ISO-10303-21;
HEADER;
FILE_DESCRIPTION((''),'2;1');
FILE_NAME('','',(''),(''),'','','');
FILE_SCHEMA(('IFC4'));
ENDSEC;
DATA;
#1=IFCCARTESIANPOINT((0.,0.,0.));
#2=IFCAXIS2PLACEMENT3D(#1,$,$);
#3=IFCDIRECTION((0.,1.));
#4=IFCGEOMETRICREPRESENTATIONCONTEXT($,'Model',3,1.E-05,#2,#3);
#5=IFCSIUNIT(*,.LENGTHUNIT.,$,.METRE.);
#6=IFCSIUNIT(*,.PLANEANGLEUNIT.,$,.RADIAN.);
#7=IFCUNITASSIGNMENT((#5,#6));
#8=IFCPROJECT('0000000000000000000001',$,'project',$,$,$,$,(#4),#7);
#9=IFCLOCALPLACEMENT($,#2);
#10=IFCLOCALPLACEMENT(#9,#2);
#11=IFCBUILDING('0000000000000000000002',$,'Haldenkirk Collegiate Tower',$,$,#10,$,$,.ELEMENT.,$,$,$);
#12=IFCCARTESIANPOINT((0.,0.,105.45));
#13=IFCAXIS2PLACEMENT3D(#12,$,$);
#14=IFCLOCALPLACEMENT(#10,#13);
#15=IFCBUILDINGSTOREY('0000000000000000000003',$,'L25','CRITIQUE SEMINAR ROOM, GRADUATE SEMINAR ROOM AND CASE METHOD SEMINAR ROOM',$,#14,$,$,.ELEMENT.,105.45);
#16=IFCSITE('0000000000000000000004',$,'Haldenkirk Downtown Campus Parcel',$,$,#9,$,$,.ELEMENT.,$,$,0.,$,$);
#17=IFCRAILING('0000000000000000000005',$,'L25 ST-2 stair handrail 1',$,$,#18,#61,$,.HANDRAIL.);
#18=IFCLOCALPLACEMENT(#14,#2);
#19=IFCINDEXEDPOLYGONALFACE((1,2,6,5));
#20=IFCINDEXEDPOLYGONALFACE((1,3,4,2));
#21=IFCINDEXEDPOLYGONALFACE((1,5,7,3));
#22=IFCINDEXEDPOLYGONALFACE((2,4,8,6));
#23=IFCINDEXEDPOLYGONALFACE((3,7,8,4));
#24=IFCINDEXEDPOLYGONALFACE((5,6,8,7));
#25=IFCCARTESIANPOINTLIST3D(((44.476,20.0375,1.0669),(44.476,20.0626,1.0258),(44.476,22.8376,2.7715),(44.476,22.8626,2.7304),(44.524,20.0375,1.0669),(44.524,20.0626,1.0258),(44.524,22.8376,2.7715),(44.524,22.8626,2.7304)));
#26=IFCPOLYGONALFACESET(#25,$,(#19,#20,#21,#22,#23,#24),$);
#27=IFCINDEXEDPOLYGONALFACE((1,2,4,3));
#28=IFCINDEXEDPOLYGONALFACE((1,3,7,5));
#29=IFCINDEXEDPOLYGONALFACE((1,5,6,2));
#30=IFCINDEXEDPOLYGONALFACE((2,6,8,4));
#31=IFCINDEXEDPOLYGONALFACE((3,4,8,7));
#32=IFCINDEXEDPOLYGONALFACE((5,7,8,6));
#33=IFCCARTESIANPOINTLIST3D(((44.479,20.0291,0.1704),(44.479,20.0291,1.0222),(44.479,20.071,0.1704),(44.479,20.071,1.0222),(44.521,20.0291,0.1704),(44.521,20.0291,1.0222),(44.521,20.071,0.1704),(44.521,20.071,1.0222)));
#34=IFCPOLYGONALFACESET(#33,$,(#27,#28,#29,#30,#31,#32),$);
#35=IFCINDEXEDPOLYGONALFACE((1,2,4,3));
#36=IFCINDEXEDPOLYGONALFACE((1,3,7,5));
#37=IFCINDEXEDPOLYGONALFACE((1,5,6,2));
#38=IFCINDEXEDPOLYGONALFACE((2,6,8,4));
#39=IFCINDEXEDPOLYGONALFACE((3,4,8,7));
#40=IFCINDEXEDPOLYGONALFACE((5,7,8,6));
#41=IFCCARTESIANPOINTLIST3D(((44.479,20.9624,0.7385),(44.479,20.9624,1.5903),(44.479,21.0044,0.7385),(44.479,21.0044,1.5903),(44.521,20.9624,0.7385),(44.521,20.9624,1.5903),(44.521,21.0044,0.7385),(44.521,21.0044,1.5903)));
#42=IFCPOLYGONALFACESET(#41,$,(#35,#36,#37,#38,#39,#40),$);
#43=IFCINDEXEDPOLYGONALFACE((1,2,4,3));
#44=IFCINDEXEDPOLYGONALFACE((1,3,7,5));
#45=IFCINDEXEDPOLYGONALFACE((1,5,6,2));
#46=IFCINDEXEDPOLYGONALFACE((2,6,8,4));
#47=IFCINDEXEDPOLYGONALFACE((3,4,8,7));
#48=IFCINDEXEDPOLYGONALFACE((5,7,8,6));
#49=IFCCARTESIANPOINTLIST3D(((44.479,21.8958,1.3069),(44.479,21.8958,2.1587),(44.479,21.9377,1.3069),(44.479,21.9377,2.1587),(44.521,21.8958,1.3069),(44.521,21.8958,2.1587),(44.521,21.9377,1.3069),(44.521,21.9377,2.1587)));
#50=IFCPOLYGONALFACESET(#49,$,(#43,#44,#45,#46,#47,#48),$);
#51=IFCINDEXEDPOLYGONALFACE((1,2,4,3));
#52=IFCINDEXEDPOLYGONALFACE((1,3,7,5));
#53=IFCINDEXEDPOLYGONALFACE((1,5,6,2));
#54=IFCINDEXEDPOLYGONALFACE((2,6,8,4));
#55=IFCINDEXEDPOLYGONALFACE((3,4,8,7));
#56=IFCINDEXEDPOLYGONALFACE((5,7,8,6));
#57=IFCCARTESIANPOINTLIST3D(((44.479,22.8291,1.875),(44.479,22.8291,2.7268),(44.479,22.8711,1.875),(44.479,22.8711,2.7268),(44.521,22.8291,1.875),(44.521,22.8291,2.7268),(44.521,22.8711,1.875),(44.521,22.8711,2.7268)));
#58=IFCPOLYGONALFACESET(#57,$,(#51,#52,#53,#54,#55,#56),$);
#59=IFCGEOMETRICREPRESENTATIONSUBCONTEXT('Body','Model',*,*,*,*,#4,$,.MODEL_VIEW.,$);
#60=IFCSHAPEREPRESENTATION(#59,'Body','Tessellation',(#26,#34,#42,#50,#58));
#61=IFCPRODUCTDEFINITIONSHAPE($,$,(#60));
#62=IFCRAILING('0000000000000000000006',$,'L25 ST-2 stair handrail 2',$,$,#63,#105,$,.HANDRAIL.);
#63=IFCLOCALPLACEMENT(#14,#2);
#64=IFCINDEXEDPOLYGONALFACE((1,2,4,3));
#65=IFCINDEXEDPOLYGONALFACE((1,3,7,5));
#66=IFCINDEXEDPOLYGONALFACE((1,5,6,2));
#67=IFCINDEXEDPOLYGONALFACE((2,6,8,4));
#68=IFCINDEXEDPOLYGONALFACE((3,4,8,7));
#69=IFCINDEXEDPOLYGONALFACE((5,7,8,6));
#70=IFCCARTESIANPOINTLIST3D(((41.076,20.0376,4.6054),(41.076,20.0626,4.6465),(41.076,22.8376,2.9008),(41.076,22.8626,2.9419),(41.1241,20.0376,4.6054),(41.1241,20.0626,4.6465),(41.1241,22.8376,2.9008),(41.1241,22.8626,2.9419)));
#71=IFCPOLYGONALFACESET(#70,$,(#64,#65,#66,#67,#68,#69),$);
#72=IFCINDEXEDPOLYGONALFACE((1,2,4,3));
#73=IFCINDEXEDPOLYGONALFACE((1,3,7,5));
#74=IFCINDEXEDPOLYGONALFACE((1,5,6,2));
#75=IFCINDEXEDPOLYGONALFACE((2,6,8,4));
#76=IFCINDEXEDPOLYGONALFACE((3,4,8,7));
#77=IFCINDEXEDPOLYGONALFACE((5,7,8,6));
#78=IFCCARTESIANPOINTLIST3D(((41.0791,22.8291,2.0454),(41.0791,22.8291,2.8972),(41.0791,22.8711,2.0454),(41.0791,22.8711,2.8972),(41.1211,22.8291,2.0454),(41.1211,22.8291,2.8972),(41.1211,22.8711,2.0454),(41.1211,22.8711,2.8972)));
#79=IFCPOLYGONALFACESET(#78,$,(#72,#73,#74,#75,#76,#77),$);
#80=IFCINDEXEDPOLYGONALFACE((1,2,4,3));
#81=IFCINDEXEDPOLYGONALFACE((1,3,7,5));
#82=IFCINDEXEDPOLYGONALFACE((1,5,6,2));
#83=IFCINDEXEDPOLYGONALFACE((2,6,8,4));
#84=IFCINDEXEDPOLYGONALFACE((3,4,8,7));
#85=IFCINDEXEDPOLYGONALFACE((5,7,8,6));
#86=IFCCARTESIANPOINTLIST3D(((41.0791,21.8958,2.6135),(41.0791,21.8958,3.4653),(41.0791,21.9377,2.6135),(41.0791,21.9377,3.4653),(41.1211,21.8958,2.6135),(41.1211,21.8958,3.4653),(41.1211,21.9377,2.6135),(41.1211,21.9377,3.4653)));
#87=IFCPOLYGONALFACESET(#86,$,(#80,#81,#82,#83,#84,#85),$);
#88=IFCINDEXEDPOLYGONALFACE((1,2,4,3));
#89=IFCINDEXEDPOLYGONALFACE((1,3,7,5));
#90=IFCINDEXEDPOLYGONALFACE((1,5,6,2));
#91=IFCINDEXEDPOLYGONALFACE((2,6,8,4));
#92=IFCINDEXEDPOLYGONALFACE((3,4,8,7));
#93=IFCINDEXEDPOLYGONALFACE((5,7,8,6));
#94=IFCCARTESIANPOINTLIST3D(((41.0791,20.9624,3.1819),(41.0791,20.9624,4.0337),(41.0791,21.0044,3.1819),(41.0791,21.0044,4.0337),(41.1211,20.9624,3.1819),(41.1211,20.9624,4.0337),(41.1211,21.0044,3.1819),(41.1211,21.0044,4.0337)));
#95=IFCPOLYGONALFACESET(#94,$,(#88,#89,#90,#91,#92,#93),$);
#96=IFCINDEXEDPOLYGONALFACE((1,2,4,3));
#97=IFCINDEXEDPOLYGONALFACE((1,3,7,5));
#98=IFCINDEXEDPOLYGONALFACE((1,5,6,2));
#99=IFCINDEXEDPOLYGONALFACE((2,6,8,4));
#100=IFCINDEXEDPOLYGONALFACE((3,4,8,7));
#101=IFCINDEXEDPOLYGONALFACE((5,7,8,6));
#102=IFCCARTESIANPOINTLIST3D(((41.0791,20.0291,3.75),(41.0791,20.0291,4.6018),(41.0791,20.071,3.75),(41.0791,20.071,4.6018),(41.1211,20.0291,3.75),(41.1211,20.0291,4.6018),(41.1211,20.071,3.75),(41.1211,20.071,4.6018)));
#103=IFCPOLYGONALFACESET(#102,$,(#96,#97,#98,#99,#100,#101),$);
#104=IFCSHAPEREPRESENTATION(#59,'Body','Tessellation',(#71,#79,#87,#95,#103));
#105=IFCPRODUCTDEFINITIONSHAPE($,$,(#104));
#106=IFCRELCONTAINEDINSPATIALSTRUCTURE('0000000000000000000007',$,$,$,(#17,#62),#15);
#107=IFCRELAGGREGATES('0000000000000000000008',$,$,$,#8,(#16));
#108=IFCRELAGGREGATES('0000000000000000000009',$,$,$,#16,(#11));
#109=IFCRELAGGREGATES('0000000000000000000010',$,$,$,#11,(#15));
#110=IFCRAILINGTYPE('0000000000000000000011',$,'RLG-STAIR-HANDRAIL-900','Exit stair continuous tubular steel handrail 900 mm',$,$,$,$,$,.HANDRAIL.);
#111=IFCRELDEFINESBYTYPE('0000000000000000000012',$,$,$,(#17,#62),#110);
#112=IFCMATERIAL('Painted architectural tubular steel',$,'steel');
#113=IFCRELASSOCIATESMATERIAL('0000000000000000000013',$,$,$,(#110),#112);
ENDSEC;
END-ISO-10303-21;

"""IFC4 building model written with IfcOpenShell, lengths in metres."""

from ifc_helpers import new_model, si_unit, direction, frame, origin, origin_2d, place, context, subcontext, project, spatial, rectangle, extrude, material, type_object, element, save


model = new_model("IFC4")

# Units and contexts
model_context = context("Model", 3, precision=1e-05, world=origin(), true_north=direction((0.0, 1.0)))
body_context = subcontext(model_context, "Body", "Model", "MODEL_VIEW")
ifc_project = project(units=[si_unit("LENGTHUNIT", "METRE"), si_unit("PLANEANGLEUNIT", "RADIAN")], contexts=[model_context])

# Site, building, storey
site_placement = place(None, origin())
site = spatial("IfcSite", under=ifc_project, at=site_placement, Name="Haldenkirk Downtown Campus Parcel", CompositionType="ELEMENT", RefElevation=0.0)
building_placement = place(site_placement, origin())
building = spatial("IfcBuilding", under=site, at=building_placement, Name="Haldenkirk Collegiate Tower", CompositionType="ELEMENT")
storey_placement = place(building_placement, frame((0.0, 0.0, 105.45)))
storey = spatial("IfcBuildingStorey", under=building, at=storey_placement, Name="L25", Description="CRITIQUE SEMINAR ROOM, GRADUATE SEMINAR ROOM AND CASE METHOD SEMINAR ROOM", CompositionType="ELEMENT", Elevation=105.45)

# Railings
ifc_material_1 = material(Name="Painted architectural tubular steel", Category="steel")
railing_type_1 = type_object("IfcRailingType", Name="RLG-STAIR-HANDRAIL-900", Description="Exit stair continuous tubular steel handrail 900 mm", PredefinedType="HANDRAIL", material=ifc_material_1)
railing_1_placement = place(storey_placement, frame((44.5, 20.05, 0.1704)))
element("IfcRailing", 1, at=railing_1_placement, inside=storey, type_object=railing_type_1, Name="L25 ST-2 stair handrail 1", PredefinedType="HANDRAIL", context=body_context, shape_type="SweptSolid", body=[
    extrude(rectangle(XDim=0.0481, YDim=0.0481, at=origin_2d()), frame((0.0, 0.0, 0.876), z_axis=(0.0, 0.85417, 0.519994), x_axis=(-1.0, 0.0, 0.0)), (0.0, 0.0, 1.0), 3.2781),
    extrude(rectangle(XDim=0.042, YDim=0.042, at=origin_2d()), origin(), (0.0, 0.0, 1.0), 0.8518),
    extrude(rectangle(XDim=0.042, YDim=0.042, at=origin_2d()), frame((0.0, 0.9333, 0.5681)), (0.0, 0.0, 1.0), 0.8518),
    extrude(rectangle(XDim=0.042, YDim=0.042, at=origin_2d()), frame((0.0, 1.8667, 1.1365)), (0.0, 0.0, 1.0), 0.8518),
    extrude(rectangle(XDim=0.042, YDim=0.042, at=origin_2d()), frame((0.0, 2.8, 1.7046)), (0.0, 0.0, 1.0), 0.8518),
])
railing_2_placement = place(storey_placement, frame((41.1001, 22.8501, 2.0454)))
element("IfcRailing", 2, at=railing_2_placement, inside=storey, type_object=railing_type_1, Name="L25 ST-2 stair handrail 2", PredefinedType="HANDRAIL", context=body_context, shape_type="SweptSolid", body=[
    extrude(rectangle(XDim=0.0481, YDim=0.0481, at=origin_2d()), frame((0.0, 0.0, 0.876), z_axis=(0.0, -0.85417, 0.519994), x_axis=(1.0, 0.0, 0.0)), (0.0, 0.0, 1.0), 3.2781),
    extrude(rectangle(XDim=0.042, YDim=0.042, at=origin_2d()), origin(), (0.0, 0.0, 1.0), 0.8518),
    extrude(rectangle(XDim=0.042, YDim=0.042, at=origin_2d()), frame((0.0, -0.9333, 0.5681)), (0.0, 0.0, 1.0), 0.8518),
    extrude(rectangle(XDim=0.042, YDim=0.042, at=origin_2d()), frame((0.0, -1.8667, 1.1365)), (0.0, 0.0, 1.0), 0.8518),
    extrude(rectangle(XDim=0.042, YDim=0.042, at=origin_2d()), frame((0.0, -2.8, 1.7046)), (0.0, 0.0, 1.0), 0.8518),
])

save(model, "model.ifc")
